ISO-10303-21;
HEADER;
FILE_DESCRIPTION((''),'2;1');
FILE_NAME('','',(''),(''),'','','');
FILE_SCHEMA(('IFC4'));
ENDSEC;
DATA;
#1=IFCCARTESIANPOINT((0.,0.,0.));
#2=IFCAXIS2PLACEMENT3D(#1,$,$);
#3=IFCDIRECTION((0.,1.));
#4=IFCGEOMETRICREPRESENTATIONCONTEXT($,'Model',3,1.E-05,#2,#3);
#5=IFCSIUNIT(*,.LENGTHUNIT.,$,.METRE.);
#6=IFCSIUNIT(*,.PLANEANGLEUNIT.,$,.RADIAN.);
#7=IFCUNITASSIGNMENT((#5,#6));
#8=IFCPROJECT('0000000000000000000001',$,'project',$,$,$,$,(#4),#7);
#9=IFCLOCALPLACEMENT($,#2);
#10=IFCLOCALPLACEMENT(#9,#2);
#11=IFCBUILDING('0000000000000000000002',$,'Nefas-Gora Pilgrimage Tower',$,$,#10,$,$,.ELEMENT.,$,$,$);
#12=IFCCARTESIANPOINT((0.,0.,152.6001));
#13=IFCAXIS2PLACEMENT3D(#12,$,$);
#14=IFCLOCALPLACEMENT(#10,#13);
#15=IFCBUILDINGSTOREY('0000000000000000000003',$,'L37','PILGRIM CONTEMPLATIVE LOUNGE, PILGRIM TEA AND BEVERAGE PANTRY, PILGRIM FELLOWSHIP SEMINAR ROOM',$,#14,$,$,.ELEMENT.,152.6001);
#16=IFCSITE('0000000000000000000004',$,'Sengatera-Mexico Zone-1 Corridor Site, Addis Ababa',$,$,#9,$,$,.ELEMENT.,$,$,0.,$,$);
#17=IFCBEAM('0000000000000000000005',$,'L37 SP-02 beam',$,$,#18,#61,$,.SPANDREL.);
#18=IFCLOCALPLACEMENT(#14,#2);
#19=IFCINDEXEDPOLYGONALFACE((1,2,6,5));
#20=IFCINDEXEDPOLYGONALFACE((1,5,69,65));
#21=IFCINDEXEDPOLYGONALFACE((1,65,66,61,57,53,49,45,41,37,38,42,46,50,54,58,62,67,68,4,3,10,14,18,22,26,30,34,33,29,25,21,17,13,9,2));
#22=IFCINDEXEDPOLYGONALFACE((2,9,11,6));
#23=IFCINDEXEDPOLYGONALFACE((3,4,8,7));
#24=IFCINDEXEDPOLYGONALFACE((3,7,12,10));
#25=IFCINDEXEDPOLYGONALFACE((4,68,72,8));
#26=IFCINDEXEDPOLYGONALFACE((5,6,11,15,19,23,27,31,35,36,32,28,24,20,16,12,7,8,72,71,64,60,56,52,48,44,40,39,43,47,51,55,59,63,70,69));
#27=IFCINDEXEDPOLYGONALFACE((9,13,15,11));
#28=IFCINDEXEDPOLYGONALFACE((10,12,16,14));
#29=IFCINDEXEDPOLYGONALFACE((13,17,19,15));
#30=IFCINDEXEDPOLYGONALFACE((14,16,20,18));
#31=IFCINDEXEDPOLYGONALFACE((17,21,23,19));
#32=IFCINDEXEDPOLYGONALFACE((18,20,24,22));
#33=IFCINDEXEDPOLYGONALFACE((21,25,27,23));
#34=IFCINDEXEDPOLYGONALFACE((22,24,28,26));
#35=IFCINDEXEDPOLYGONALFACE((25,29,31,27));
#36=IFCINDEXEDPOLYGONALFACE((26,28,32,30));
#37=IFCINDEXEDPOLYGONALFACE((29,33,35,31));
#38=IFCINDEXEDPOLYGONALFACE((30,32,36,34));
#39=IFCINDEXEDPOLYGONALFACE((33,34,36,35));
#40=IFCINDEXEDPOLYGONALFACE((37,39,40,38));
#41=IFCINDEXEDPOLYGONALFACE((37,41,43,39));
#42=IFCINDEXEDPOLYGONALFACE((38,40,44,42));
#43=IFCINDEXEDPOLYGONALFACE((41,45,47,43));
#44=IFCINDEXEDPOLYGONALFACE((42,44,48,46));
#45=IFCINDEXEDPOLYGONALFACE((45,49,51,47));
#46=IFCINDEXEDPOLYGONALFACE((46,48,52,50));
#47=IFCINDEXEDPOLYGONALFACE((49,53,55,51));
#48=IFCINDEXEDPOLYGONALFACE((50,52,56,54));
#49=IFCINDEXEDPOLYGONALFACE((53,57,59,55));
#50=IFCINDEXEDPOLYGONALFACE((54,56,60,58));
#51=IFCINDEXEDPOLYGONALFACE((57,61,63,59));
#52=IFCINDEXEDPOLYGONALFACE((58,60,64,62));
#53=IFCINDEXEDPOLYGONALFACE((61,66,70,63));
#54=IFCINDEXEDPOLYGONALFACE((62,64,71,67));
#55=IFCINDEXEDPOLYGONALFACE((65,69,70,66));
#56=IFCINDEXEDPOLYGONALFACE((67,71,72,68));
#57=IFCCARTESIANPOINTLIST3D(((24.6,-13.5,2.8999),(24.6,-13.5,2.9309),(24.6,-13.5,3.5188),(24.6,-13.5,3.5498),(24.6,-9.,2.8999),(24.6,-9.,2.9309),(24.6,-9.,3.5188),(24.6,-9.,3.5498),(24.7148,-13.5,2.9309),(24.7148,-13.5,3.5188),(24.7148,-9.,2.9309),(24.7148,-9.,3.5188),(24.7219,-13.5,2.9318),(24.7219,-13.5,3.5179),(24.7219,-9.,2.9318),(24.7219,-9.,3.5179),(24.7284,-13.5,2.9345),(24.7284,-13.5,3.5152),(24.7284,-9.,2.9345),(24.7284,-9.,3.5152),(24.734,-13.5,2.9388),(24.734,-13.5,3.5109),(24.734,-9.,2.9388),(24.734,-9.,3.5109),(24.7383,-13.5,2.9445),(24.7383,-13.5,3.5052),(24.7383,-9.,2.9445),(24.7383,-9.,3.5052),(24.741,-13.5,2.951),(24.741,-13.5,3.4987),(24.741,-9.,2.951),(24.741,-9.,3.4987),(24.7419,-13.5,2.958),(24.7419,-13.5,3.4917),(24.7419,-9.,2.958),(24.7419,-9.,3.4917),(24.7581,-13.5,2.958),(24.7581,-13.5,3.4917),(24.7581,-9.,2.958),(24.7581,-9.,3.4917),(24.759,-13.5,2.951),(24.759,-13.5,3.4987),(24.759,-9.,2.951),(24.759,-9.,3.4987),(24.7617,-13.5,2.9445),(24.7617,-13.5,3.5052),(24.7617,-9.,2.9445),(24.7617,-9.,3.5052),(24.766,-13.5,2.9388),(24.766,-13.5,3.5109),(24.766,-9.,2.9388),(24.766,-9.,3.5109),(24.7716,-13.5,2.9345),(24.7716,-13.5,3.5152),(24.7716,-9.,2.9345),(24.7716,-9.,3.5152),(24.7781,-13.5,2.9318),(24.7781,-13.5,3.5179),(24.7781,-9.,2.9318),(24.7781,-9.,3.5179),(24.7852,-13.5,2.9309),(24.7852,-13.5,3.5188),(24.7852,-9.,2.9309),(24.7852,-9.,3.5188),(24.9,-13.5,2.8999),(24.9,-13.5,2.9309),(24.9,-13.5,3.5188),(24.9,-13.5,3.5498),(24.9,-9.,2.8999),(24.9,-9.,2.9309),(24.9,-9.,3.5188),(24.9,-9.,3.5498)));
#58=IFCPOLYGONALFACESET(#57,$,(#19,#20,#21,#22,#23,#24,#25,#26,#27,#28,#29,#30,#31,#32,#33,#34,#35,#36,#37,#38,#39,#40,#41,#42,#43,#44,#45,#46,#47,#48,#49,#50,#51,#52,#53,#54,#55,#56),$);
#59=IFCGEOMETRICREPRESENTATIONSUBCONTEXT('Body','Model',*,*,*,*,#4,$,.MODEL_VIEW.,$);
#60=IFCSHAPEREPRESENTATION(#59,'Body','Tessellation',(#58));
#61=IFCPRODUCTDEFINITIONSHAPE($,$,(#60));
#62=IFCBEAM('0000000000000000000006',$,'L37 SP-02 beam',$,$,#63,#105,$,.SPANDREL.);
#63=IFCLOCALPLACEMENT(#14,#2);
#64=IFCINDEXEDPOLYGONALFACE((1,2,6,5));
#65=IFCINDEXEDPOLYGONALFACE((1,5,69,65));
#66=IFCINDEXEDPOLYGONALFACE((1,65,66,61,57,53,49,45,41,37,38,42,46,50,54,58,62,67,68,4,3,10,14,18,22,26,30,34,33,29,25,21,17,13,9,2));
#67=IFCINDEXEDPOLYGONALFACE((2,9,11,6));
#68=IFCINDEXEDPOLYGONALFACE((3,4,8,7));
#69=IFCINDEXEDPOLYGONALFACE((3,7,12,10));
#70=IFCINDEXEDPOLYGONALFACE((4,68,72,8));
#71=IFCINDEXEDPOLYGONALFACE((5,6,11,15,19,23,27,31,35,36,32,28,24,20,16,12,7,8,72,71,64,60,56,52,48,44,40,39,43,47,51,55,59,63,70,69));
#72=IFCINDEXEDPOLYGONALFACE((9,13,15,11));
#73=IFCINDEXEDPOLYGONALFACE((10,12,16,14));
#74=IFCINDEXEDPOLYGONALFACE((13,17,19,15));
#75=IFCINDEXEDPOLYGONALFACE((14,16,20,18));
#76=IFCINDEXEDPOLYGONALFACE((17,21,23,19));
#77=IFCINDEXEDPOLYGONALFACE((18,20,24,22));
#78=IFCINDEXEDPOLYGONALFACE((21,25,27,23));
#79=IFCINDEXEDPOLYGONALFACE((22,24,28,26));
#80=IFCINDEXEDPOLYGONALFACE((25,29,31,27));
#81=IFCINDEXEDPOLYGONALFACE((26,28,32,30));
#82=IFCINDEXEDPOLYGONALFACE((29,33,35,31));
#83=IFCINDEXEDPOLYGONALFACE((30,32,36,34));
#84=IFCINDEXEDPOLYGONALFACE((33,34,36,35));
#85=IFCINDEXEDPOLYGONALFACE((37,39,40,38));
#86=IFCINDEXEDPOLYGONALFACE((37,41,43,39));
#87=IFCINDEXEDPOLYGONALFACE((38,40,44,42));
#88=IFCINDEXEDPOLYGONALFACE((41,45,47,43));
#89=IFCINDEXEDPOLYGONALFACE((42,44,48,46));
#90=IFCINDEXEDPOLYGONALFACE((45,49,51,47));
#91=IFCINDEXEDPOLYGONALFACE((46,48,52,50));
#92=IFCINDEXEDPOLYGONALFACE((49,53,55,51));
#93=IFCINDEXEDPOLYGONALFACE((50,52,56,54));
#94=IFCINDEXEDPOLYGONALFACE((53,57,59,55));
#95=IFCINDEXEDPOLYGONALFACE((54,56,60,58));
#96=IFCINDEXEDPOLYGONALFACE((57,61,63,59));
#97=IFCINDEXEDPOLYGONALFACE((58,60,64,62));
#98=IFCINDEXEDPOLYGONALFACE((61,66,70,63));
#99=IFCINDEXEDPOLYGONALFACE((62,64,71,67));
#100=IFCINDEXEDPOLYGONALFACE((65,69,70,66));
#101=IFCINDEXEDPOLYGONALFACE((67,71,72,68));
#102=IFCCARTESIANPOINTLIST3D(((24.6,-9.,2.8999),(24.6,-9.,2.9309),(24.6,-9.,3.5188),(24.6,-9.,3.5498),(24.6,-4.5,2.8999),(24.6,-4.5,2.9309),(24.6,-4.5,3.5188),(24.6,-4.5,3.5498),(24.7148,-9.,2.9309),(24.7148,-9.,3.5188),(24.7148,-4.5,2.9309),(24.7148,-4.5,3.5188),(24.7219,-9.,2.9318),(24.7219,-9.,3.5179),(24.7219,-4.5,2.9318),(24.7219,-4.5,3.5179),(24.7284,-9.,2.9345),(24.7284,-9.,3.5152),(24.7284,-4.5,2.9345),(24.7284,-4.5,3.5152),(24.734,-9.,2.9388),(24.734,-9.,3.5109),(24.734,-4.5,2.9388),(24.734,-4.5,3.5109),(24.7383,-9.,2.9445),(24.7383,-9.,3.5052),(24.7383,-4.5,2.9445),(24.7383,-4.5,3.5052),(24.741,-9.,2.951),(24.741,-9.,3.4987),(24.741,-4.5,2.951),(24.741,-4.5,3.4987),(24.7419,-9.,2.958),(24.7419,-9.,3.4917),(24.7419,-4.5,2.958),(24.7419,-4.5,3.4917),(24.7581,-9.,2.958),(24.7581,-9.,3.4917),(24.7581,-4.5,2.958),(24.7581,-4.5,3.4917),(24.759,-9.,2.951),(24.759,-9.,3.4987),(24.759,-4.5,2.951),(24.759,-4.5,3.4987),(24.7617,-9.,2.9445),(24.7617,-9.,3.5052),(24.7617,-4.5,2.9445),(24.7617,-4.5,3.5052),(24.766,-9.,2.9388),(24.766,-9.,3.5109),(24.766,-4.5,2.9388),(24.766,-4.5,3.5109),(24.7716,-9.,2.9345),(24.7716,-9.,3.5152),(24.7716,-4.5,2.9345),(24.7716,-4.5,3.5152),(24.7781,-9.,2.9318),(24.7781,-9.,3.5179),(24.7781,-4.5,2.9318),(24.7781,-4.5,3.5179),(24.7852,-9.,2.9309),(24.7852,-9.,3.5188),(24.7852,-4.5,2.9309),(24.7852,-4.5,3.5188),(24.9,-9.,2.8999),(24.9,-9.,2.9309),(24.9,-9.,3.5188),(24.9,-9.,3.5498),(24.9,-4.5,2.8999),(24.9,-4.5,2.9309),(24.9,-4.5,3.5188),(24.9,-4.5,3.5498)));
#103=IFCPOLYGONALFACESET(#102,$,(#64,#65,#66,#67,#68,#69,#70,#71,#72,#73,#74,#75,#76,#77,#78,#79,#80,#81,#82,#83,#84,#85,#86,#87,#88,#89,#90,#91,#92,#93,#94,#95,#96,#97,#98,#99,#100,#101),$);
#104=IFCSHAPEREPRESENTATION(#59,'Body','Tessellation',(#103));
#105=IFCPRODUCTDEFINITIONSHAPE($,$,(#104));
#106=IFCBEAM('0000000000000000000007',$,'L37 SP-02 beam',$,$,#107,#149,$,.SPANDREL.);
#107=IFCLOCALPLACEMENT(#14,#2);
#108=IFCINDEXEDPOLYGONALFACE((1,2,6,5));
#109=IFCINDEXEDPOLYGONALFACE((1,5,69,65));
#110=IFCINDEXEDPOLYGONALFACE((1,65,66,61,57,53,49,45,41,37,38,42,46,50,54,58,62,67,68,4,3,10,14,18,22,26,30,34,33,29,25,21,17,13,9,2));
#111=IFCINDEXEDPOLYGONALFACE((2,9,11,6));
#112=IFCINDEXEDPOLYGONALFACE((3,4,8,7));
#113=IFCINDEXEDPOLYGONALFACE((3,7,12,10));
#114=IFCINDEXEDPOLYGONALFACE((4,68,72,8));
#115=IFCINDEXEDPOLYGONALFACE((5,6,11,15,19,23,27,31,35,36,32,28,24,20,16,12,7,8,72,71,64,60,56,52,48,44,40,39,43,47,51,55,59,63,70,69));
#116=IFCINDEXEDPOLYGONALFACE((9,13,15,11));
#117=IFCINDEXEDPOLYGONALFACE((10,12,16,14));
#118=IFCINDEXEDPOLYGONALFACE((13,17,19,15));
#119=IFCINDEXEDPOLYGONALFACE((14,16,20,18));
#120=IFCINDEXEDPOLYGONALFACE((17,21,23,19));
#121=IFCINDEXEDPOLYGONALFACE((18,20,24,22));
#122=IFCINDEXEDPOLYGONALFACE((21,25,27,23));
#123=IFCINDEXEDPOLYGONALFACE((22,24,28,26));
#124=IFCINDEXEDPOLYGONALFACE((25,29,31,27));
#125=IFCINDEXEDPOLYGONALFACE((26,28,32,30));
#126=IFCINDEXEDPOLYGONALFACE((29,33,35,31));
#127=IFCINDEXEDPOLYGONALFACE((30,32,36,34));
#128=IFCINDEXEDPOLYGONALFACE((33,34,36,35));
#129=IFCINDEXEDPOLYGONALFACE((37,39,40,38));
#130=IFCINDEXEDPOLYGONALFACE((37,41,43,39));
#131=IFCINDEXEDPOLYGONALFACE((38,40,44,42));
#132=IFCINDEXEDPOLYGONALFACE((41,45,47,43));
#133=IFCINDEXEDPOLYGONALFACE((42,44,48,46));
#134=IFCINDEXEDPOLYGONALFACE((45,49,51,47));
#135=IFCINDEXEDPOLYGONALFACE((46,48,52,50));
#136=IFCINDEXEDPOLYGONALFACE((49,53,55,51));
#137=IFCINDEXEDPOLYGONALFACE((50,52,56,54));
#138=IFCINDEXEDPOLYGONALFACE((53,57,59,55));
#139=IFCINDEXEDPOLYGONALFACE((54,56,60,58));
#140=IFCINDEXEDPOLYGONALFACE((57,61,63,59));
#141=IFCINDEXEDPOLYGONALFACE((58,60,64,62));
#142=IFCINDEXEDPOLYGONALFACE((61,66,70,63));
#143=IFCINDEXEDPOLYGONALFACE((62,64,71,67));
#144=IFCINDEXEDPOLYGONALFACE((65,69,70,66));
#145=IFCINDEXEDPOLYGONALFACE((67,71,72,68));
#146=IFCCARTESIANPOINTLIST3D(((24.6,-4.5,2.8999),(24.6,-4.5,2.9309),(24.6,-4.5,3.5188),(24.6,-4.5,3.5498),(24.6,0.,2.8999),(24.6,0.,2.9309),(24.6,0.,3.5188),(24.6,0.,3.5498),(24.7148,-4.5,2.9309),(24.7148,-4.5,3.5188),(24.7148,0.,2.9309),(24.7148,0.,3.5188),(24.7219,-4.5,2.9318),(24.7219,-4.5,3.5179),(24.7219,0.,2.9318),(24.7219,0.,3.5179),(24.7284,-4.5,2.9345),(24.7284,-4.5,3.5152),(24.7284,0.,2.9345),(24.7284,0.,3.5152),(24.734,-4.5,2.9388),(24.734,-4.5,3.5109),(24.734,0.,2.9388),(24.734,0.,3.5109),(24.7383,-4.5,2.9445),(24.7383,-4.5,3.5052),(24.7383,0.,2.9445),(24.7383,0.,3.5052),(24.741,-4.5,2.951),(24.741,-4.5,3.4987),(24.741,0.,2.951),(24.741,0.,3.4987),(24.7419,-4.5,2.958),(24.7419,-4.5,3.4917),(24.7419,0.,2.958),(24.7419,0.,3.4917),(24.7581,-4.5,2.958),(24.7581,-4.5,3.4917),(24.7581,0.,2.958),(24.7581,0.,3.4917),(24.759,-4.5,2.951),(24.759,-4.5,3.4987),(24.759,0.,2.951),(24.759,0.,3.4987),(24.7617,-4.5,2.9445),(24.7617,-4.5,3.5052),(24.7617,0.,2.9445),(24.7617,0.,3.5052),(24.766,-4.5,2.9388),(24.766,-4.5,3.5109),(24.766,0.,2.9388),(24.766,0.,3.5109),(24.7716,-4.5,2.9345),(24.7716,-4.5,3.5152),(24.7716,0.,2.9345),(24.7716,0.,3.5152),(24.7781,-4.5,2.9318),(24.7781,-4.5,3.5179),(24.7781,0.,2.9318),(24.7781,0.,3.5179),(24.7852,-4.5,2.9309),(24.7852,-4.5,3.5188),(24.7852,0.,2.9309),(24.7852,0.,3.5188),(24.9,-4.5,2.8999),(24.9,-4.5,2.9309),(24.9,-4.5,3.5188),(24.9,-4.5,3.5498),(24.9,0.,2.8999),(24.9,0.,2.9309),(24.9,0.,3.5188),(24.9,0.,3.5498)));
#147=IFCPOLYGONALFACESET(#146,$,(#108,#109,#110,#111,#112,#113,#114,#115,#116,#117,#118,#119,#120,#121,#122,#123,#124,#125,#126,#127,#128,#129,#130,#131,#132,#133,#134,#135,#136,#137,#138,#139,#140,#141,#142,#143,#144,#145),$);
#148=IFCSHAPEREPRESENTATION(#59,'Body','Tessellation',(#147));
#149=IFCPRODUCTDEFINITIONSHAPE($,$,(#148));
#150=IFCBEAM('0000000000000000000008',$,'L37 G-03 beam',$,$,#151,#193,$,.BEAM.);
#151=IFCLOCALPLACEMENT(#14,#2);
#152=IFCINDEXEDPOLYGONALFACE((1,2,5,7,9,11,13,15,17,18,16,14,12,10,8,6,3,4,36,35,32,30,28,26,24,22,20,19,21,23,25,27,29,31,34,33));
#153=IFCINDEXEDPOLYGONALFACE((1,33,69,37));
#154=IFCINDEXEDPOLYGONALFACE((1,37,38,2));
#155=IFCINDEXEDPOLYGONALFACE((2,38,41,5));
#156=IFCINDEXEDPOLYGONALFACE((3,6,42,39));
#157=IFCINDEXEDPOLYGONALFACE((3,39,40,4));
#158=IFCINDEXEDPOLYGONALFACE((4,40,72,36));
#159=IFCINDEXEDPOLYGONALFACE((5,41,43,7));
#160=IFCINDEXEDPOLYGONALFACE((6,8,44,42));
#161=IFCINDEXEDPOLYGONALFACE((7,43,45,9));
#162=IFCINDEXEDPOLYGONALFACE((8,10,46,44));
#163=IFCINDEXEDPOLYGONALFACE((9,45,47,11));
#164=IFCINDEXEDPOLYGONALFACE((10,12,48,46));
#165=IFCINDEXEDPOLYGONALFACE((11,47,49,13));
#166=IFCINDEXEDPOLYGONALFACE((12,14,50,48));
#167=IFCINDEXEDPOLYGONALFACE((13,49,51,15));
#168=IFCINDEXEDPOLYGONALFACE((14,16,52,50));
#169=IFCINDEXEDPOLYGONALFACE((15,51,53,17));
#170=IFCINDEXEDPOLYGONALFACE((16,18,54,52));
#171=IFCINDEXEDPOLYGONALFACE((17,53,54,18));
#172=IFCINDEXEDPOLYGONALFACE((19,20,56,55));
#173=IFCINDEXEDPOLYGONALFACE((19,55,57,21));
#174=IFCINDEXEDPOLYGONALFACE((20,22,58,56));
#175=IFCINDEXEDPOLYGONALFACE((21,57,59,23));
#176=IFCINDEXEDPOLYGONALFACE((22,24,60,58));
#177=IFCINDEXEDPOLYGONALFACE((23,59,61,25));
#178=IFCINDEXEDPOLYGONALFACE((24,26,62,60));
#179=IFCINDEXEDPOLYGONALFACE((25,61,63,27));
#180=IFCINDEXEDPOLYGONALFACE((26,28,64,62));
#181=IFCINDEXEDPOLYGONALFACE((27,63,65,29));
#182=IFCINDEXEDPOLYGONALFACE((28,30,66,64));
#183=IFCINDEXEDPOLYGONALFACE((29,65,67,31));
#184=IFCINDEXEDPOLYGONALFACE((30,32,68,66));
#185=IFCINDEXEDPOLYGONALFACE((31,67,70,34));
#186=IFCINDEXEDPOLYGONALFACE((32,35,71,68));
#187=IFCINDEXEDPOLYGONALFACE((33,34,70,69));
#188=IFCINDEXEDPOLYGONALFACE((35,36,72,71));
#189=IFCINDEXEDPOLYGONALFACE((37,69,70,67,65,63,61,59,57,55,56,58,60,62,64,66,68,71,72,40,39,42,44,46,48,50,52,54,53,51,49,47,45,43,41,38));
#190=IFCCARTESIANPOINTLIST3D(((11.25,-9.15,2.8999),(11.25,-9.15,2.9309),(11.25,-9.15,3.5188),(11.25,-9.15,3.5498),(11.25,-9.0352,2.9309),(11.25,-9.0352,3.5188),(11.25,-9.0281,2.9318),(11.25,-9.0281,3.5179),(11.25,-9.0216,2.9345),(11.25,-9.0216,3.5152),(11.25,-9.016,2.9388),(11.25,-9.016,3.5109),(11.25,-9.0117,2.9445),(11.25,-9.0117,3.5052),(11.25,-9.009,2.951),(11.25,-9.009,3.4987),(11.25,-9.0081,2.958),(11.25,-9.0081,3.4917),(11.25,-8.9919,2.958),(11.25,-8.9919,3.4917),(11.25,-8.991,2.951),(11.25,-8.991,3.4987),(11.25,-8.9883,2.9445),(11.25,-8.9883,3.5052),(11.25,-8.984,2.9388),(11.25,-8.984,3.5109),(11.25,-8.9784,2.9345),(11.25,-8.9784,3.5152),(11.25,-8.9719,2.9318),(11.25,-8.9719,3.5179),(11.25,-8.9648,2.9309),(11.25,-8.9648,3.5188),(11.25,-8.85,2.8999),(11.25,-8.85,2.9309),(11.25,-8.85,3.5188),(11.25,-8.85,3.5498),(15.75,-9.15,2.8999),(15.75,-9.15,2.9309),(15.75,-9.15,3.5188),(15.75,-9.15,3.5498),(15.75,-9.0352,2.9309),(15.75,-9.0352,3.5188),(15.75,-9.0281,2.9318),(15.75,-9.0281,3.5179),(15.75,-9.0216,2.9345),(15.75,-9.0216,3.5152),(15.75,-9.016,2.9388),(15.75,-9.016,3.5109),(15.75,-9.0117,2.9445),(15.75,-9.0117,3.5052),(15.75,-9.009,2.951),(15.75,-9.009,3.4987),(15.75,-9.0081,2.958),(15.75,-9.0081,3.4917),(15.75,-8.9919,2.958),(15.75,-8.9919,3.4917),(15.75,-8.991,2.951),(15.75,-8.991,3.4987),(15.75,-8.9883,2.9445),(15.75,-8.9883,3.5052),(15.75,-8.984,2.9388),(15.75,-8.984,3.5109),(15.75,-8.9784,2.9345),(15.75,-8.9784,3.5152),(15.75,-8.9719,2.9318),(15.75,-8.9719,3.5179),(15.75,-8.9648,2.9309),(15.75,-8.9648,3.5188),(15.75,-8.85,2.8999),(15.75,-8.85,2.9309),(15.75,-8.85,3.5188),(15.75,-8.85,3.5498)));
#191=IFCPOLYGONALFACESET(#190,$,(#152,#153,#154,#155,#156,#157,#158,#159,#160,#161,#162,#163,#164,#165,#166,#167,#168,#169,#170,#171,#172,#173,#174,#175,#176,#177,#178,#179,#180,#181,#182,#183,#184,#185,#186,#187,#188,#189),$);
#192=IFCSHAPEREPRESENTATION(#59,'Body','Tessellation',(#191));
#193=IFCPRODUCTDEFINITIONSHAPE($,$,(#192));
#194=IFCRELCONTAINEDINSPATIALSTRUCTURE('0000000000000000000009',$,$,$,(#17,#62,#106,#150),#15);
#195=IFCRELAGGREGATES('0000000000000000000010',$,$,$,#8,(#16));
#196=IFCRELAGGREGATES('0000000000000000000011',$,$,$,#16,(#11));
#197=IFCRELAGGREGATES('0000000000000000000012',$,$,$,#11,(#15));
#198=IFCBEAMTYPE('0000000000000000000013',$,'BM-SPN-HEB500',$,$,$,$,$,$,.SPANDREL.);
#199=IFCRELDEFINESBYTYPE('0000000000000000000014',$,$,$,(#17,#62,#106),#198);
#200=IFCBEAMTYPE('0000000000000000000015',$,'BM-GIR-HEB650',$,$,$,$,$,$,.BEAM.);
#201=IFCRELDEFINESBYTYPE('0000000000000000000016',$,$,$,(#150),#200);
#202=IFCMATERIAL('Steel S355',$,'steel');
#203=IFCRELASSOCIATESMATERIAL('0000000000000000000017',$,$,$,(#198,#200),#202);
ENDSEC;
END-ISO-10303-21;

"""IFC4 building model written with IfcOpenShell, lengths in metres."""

from ifc_helpers import new_model, si_unit, direction, frame, origin, origin_2d, place, context, subcontext, project, spatial, i_section, extrude, source, transform, mapped, material, material_profile, profile_set, type_object, element, save


model = new_model("IFC4")

# Units and contexts
model_context = context("Model", 3, precision=1e-05, world=origin(), true_north=direction((0.0, 1.0)))
body_context = subcontext(model_context, "Body", "Model", "MODEL_VIEW")
ifc_project = project(units=[si_unit("LENGTHUNIT", "METRE"), si_unit("PLANEANGLEUNIT", "RADIAN")], contexts=[model_context])

# Site, building, storey
site_placement = place(None, origin())
site = spatial("IfcSite", under=ifc_project, at=site_placement, Name="Sengatera-Mexico Zone-1 Corridor Site, Addis Ababa", CompositionType="ELEMENT", RefElevation=0.0)
building_placement = place(site_placement, origin())
building = spatial("IfcBuilding", under=site, at=building_placement, Name="Nefas-Gora Pilgrimage Tower", CompositionType="ELEMENT")
storey_placement = place(building_placement, frame((0.0, 0.0, 152.6001)))
storey = spatial("IfcBuildingStorey", under=building, at=storey_placement, Name="L37", Description="PILGRIM CONTEMPLATIVE LOUNGE, PILGRIM TEA AND BEVERAGE PANTRY, PILGRIM FELLOWSHIP SEMINAR ROOM", CompositionType="ELEMENT", Elevation=152.6001)

# Beams
ifc_material_1 = material(Name="Steel S355", Category="steel")
ifc_material_profile_1 = material_profile(ifc_material_1, i_section(OverallWidth=0.3, OverallDepth=0.6499, WebThickness=0.0161, FlangeThickness=0.031, FilletRadius=0.0271, at=origin_2d()), Name="HEB 650")
ifc_profile_set_1 = profile_set([ifc_material_profile_1], Name="Steel S355")
beam_type_1 = type_object("IfcBeamType", Name="BM-SPN-HEB500", PredefinedType="SPANDREL", material=ifc_profile_set_1)
shared_shape_1 = source(origin(), body_context, "Body", "SweptSolid", [
    extrude(i_section(OverallWidth=0.3, OverallDepth=0.6499, WebThickness=0.0161, FlangeThickness=0.031, FilletRadius=0.0271, at=origin_2d()), origin(), (0.0, 0.0, 1.0), 4.5),
])
for number, where, z_axis, x_axis, name in (
    (1, (24.75, -13.5, 3.2249), (0.0, 1.0, 0.0), (-1.0, 0.0, 0.0), "L37 SP-02 beam"),
    (2, (24.75, -9.0, 3.2249), (0.0, 1.0, 0.0), (-1.0, 0.0, 0.0), "L37 SP-02 beam"),
    (3, (24.75, -4.5, 3.2249), (0.0, 1.0, 0.0), (-1.0, 0.0, 0.0), "L37 SP-02 beam"),
):
    element("IfcBeam", number, at=place(storey_placement, frame(where, z_axis=z_axis, x_axis=x_axis)), inside=storey, type_object=beam_type_1, Name=name, PredefinedType="SPANDREL", context=body_context, shape_type="MappedRepresentation", body=[
        mapped(shared_shape_1, transform((0.0, 0.0, 0.0), x_axis=(1.0, 0.0, 0.0), y_axis=(0.0, 1.0, 0.0), z_axis=(0.0, 0.0, 1.0), scale=1.0)),
    ])
ifc_material_profile_2 = material_profile(ifc_material_1, i_section(OverallWidth=0.3, OverallDepth=0.6499, WebThickness=0.0161, FlangeThickness=0.031, FilletRadius=0.0271, at=origin_2d()), Name="HEB 650")
ifc_profile_set_2 = profile_set([ifc_material_profile_2], Name="Steel S355")
beam_type_2 = type_object("IfcBeamType", Name="BM-GIR-HEB650", PredefinedType="BEAM", material=ifc_profile_set_2)
shared_shape_2 = source(origin(), body_context, "Body", "SweptSolid", [
    extrude(i_section(OverallWidth=0.3, OverallDepth=0.6499, WebThickness=0.0161, FlangeThickness=0.031, FilletRadius=0.0271, at=origin_2d()), origin(), (0.0, 0.0, 1.0), 4.5),
])
for number, where, z_axis, x_axis, name in (
    (4, (11.25, -9.0, 3.2249), (1.0, 0.0, 0.0), (0.0, 1.0, 0.0), "L37 G-03 beam"),
):
    element("IfcBeam", number, at=place(storey_placement, frame(where, z_axis=z_axis, x_axis=x_axis)), inside=storey, type_object=beam_type_2, Name=name, PredefinedType="BEAM", context=body_context, shape_type="MappedRepresentation", body=[
        mapped(shared_shape_2, transform((0.0, 0.0, 0.0), x_axis=(1.0, 0.0, 0.0), y_axis=(0.0, 1.0, 0.0), z_axis=(0.0, 0.0, 1.0), scale=1.0)),
    ])

save(model, "model.ifc")
